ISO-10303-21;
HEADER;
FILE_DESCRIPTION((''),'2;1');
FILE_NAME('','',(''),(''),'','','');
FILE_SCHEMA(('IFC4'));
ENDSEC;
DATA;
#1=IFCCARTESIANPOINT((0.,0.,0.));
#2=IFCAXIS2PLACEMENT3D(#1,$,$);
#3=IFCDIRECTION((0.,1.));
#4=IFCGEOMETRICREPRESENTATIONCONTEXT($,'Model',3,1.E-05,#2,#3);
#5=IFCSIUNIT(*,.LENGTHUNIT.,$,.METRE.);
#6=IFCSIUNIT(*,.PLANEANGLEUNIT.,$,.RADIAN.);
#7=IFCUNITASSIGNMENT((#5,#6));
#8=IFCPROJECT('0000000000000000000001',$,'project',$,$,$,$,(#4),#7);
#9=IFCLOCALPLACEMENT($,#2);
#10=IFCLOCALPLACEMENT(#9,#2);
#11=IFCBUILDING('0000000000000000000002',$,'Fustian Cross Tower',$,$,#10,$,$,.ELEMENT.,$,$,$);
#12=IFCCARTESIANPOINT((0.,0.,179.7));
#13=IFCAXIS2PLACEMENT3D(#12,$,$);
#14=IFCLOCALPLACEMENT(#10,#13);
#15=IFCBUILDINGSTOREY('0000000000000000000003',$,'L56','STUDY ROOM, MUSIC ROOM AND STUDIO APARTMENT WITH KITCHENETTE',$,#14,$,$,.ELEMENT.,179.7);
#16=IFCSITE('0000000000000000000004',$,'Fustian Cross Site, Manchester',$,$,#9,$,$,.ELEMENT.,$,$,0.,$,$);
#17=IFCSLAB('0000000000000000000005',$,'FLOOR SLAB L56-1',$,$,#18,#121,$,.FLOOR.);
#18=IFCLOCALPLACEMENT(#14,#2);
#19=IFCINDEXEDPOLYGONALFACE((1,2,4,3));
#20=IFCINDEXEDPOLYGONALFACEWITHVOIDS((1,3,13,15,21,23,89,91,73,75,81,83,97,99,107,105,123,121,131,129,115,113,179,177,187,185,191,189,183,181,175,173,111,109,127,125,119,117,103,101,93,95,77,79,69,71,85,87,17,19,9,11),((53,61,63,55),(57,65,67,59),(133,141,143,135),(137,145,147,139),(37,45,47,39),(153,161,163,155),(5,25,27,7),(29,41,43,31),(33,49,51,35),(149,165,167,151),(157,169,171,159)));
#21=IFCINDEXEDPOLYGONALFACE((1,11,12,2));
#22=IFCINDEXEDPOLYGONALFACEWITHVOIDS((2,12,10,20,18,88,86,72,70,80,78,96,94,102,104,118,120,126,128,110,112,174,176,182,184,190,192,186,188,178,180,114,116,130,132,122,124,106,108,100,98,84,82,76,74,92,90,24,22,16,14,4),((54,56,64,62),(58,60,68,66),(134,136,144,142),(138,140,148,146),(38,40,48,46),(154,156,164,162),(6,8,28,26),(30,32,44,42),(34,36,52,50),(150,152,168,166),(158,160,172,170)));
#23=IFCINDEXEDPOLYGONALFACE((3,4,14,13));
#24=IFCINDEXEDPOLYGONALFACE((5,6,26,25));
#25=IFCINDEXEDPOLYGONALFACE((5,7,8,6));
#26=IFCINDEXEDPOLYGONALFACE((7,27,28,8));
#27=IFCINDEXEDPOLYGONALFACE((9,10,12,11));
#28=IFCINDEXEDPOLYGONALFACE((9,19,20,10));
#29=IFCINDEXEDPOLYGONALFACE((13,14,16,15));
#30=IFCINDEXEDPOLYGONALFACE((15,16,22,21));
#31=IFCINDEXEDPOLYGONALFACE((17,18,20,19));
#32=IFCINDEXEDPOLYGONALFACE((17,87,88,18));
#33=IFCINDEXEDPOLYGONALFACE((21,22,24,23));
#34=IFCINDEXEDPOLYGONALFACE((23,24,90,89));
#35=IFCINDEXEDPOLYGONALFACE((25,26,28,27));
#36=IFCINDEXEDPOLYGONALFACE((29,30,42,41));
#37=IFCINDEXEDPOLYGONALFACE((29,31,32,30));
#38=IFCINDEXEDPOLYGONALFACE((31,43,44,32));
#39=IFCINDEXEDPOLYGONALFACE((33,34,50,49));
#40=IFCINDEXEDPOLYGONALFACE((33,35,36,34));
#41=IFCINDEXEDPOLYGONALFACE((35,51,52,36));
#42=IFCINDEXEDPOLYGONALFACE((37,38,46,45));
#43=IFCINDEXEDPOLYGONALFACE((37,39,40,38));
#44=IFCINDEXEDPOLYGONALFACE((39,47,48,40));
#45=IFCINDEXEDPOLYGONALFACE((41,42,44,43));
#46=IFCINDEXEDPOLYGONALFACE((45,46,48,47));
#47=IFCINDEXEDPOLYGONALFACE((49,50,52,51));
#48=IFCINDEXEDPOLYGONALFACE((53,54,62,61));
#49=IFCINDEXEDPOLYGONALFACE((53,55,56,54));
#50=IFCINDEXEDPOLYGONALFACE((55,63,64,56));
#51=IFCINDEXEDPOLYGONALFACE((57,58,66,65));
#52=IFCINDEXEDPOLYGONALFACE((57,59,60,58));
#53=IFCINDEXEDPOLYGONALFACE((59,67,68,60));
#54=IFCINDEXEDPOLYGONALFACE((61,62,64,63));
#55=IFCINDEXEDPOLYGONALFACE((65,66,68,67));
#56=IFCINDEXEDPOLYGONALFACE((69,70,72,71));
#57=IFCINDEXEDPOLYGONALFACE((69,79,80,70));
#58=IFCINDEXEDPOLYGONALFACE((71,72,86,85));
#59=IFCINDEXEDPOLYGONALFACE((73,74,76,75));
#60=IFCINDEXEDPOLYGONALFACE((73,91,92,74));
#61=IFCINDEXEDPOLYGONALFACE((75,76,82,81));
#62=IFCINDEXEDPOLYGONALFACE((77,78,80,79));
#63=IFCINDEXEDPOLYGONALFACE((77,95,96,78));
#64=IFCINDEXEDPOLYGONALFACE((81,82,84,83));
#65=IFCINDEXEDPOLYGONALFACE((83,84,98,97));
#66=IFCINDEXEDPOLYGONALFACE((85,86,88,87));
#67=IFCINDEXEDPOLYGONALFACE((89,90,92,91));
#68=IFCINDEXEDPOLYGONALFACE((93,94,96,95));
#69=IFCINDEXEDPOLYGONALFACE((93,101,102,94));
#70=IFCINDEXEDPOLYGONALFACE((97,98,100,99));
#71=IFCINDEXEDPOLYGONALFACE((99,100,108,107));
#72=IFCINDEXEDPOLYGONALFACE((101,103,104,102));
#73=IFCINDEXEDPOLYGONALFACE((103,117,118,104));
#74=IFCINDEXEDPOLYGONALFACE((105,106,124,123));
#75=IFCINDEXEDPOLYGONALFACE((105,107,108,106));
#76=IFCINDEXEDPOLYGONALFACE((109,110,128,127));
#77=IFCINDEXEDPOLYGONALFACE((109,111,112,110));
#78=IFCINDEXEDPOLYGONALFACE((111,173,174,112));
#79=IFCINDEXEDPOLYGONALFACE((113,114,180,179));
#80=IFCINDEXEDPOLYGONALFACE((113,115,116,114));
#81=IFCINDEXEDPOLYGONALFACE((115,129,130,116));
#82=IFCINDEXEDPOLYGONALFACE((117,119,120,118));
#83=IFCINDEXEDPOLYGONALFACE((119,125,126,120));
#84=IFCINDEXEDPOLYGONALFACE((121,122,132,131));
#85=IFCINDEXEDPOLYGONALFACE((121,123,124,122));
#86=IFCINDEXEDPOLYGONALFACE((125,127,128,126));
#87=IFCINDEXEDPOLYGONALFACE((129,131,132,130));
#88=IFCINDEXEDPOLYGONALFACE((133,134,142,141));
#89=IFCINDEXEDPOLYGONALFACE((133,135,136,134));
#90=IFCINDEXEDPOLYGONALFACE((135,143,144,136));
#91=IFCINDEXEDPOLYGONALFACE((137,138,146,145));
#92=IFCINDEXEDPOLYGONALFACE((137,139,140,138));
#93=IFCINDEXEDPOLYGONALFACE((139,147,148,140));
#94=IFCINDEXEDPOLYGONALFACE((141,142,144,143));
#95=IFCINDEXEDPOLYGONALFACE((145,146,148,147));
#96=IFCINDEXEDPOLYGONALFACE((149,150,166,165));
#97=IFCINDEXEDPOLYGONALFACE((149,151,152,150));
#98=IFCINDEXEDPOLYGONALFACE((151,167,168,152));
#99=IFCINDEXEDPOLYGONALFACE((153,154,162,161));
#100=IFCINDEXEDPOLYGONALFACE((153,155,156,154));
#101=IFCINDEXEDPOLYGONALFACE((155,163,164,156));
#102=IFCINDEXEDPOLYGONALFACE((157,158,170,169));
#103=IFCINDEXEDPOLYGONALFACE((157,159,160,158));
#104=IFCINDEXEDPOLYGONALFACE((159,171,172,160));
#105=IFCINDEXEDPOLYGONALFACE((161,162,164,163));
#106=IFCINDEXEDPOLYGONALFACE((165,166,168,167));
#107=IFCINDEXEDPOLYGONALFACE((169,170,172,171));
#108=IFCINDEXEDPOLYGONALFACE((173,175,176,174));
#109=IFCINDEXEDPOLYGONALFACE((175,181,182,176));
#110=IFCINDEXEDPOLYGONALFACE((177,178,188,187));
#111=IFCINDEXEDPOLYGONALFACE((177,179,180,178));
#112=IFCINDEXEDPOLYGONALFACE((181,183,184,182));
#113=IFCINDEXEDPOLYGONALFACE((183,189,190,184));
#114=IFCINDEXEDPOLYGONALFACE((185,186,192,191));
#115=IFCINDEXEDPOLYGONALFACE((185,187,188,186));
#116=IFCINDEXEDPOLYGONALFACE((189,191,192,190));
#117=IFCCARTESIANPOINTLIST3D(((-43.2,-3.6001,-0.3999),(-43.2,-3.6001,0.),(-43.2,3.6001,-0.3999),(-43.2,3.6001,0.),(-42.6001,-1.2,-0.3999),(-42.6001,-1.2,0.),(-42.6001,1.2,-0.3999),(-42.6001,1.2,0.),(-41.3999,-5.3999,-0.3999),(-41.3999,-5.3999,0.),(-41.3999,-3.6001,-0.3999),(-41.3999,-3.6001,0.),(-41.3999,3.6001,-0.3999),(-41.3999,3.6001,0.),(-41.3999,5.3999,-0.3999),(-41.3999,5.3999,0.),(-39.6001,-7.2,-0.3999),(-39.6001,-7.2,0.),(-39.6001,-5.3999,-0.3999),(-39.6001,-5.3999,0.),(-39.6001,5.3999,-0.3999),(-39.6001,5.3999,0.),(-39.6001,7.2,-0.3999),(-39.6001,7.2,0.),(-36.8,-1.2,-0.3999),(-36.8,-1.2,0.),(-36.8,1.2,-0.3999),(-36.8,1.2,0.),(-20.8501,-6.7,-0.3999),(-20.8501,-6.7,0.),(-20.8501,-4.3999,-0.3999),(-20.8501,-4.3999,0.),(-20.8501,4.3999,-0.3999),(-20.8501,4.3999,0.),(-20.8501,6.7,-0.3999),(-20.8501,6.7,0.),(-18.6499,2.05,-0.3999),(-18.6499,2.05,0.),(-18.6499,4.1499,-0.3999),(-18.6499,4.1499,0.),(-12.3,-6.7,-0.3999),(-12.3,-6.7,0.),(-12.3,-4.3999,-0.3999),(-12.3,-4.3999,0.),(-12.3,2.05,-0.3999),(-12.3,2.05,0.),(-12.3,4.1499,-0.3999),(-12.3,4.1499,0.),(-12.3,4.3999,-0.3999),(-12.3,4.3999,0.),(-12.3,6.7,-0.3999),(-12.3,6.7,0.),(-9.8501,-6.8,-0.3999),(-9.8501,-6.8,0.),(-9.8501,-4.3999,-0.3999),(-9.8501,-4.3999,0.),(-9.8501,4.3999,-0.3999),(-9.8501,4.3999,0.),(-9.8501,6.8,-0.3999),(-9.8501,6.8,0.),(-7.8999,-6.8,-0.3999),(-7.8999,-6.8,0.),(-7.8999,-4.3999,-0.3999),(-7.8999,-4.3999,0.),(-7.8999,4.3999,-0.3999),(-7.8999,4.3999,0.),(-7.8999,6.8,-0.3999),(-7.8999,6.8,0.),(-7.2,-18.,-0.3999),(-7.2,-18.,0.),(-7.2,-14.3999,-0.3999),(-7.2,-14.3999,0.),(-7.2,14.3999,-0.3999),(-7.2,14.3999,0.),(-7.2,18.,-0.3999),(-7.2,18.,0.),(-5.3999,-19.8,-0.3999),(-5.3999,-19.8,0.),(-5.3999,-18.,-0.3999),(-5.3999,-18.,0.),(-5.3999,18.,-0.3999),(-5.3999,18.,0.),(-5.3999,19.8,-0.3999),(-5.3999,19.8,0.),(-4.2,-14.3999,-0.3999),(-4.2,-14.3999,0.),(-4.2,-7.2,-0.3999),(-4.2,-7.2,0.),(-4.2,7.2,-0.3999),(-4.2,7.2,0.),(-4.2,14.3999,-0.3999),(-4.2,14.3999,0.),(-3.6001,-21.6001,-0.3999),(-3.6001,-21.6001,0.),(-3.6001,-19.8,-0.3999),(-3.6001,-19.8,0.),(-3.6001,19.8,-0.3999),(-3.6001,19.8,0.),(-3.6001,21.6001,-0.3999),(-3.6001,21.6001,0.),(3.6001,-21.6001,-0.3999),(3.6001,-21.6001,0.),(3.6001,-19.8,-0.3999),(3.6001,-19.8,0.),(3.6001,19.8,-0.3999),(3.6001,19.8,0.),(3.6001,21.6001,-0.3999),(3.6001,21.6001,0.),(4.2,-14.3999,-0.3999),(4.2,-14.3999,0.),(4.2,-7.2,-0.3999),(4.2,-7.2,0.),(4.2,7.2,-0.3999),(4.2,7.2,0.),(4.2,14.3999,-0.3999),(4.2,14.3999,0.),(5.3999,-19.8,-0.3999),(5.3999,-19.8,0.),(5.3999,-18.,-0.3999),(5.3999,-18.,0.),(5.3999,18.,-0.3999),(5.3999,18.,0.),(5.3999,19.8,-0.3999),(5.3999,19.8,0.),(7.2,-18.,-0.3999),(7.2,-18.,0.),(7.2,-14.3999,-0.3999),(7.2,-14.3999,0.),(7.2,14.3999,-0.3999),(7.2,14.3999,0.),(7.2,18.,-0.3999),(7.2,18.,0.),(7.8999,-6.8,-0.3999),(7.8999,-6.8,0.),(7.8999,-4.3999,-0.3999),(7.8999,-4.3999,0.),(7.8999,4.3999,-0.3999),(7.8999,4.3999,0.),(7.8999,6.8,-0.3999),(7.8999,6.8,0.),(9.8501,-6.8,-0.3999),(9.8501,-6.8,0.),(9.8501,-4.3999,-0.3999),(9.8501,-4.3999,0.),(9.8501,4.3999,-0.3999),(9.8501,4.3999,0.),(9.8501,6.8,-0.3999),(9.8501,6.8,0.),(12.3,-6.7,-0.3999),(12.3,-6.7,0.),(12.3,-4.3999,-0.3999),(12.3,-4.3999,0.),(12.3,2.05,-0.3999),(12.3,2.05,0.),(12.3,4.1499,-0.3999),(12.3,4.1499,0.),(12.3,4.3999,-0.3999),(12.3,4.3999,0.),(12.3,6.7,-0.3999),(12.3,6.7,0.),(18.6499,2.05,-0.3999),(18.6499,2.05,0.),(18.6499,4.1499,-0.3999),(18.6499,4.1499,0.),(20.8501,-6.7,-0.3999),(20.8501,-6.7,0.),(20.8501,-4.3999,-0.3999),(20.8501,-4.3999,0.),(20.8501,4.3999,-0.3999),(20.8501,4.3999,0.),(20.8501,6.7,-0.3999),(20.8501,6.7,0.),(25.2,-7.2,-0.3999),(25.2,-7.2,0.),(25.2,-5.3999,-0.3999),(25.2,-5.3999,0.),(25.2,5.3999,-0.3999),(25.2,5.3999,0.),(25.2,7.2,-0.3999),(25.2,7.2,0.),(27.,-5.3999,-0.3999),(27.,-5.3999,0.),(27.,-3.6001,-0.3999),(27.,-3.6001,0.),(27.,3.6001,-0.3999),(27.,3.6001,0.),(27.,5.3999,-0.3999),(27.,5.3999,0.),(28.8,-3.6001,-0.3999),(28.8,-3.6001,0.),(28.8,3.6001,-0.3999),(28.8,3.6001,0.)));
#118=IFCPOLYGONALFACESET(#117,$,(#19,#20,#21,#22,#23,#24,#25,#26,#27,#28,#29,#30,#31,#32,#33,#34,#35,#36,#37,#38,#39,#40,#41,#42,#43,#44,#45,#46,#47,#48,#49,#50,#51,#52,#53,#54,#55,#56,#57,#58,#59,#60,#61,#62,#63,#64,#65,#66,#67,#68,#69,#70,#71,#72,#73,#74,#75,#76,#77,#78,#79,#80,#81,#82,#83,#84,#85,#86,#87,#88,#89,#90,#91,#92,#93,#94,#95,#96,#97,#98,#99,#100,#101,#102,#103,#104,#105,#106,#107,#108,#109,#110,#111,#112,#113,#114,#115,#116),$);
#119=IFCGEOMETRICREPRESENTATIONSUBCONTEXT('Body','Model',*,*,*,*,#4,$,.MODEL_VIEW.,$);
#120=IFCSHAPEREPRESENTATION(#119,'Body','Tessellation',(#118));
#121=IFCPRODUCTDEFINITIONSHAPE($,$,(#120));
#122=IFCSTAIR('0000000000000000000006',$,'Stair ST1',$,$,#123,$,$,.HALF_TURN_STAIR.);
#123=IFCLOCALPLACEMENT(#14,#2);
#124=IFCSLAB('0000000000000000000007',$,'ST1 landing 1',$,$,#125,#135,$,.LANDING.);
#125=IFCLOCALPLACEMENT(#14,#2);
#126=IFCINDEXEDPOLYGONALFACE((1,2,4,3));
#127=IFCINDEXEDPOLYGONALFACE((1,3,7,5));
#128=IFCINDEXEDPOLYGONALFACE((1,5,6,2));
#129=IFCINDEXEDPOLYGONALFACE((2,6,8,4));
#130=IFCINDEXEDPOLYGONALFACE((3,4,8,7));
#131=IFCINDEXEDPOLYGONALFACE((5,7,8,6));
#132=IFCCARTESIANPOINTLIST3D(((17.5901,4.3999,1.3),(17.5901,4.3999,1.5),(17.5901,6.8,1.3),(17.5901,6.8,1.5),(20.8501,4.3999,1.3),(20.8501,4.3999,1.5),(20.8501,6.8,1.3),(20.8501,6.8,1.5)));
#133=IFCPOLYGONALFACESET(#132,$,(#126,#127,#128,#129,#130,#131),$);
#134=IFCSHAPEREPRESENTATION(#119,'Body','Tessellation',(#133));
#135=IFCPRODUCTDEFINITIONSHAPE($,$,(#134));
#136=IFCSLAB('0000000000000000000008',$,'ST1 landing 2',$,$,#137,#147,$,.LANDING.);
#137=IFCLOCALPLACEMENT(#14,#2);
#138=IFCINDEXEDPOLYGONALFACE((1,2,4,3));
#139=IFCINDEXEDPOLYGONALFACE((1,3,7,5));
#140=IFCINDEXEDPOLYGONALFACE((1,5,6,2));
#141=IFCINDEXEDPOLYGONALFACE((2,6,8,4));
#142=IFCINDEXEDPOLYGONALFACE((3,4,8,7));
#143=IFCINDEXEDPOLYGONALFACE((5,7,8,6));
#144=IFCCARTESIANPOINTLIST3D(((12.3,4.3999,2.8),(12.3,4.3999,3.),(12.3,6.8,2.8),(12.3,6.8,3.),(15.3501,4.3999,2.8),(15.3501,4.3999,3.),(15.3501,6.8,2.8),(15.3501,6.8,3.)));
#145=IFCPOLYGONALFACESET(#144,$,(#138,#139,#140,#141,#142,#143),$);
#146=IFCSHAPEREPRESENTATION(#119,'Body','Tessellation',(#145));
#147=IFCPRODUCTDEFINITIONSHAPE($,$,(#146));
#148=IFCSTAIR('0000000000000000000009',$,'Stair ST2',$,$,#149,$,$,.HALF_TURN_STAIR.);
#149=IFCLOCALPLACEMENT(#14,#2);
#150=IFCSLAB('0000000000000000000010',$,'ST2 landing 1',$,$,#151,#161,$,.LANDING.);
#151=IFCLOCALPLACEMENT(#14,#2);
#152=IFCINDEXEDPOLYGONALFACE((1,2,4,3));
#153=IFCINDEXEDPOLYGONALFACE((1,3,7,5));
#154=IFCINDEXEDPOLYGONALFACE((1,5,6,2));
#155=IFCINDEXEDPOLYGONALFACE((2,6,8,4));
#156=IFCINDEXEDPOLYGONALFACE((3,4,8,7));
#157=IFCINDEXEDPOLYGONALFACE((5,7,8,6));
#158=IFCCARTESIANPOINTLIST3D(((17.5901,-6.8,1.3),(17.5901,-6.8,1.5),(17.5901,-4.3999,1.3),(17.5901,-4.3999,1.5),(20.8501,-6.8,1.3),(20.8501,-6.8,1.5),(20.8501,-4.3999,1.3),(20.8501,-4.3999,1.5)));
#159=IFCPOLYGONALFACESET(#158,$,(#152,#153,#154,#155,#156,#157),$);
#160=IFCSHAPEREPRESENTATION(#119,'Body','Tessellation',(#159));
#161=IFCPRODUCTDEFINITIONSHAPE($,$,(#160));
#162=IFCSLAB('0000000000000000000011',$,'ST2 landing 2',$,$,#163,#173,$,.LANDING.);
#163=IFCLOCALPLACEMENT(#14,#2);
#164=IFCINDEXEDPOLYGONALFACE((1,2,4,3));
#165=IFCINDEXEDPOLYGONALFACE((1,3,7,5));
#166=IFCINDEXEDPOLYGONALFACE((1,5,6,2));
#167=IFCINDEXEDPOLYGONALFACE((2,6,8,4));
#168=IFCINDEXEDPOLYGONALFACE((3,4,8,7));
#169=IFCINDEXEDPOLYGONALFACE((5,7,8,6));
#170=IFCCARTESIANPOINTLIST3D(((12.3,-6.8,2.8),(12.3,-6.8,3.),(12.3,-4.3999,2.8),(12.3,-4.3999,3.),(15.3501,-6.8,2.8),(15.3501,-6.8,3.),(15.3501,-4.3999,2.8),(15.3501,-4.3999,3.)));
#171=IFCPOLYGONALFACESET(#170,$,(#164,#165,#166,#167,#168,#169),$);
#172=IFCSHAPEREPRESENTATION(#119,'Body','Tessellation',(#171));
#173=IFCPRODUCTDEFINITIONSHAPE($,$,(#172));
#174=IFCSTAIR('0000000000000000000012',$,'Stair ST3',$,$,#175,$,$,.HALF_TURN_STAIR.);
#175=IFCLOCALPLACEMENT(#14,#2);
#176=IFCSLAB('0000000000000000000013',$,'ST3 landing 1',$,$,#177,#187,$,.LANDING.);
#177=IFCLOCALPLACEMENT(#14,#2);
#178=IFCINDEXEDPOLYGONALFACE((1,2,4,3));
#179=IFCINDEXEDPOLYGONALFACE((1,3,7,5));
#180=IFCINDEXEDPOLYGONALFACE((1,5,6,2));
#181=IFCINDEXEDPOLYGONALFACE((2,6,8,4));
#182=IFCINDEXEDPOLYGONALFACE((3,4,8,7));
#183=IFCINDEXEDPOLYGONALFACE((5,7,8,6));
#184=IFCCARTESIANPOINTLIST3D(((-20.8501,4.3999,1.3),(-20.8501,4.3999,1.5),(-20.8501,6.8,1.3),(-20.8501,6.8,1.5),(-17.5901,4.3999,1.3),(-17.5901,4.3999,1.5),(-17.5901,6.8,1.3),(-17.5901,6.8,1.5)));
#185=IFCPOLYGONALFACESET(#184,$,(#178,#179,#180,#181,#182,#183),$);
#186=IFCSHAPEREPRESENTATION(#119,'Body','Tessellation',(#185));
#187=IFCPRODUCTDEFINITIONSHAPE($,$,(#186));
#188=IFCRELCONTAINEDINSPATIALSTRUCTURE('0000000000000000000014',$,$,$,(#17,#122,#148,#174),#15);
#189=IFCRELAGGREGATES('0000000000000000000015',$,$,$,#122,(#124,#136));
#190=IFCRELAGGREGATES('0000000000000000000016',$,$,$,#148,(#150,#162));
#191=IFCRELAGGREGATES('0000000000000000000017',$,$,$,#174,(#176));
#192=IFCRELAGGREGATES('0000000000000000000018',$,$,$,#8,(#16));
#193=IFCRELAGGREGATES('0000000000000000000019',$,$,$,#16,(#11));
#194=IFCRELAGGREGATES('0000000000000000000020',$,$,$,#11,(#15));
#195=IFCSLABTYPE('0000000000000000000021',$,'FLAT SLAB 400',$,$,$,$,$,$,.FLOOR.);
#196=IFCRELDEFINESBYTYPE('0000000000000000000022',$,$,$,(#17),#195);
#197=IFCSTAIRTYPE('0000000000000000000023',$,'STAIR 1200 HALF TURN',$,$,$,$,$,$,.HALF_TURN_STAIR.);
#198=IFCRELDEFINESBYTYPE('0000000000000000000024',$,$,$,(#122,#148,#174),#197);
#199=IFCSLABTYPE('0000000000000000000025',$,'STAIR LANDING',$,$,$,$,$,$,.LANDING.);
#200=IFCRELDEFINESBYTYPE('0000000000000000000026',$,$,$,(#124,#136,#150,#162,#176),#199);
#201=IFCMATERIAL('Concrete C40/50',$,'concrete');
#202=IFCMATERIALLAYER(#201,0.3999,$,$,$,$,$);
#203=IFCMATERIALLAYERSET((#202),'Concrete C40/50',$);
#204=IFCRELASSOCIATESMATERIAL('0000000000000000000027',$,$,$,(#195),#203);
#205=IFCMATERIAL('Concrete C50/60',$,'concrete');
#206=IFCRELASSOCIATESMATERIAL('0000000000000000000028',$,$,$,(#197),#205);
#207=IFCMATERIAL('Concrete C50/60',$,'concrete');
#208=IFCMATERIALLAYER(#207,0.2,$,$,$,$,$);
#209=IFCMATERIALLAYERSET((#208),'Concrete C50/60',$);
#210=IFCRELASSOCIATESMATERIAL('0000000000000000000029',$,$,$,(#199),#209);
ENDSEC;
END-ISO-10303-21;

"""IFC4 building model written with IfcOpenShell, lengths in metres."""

from ifc_helpers import new_model, si_unit, direction, frame, origin, place, context, subcontext, project, spatial, polyline, outline, extrude, material, layer, layer_set, type_object, element, aggregate, save


model = new_model("IFC4")

# Units and contexts
model_context = context("Model", 3, precision=1e-05, world=origin(), true_north=direction((0.0, 1.0)))
body_context = subcontext(model_context, "Body", "Model", "MODEL_VIEW")
ifc_project = project(units=[si_unit("LENGTHUNIT", "METRE"), si_unit("PLANEANGLEUNIT", "RADIAN")], contexts=[model_context])

# Site, building, storey
site_placement = place(None, origin())
site = spatial("IfcSite", under=ifc_project, at=site_placement, Name="Fustian Cross Site, Manchester", CompositionType="ELEMENT", RefElevation=0.0)
building_placement = place(site_placement, origin())
building = spatial("IfcBuilding", under=site, at=building_placement, Name="Fustian Cross Tower", CompositionType="ELEMENT")
storey_placement = place(building_placement, frame((0.0, 0.0, 179.7)))
storey = spatial("IfcBuildingStorey", under=building, at=storey_placement, Name="L56", Description="STUDY ROOM, MUSIC ROOM AND STUDIO APARTMENT WITH KITCHENETTE", CompositionType="ELEMENT", Elevation=179.7)

# Slab
ifc_material_1 = material(Name="Concrete C40/50", Category="concrete")
ifc_layer_1 = layer(ifc_material_1, 0.3999)
ifc_layer_set_1 = layer_set([ifc_layer_1], Name="Concrete C40/50")
slab_type_1 = type_object("IfcSlabType", Name="FLAT SLAB 400", PredefinedType="FLOOR", material=ifc_layer_set_1)
slab_1_placement = place(storey_placement, frame((0.0, 0.0, -0.3999)))
element("IfcSlab", 1, at=slab_1_placement, inside=storey, type_object=slab_type_1, Name="FLOOR SLAB L56-1", PredefinedType="FLOOR", context=body_context, shape_type="SweptSolid", body=[
    extrude(outline(polyline([(-5.3999, -19.8), (-5.3999, -18.0), (-7.2, -18.0), (-7.2, -14.3999), (-4.2, -14.3999), (-4.2, -7.2), (-39.6001, -7.2), (-39.6001, -5.3999), (-41.3999, -5.3999), (-41.3999, -3.6001), (-43.2, -3.6001), (-43.2, 3.6001), (-41.3999, 3.6001), (-41.3999, 5.3999), (-39.6001, 5.3999), (-39.6001, 7.2), (-4.2, 7.2), (-4.2, 14.3999), (-7.2, 14.3999), (-7.2, 18.0), (-5.3999, 18.0), (-5.3999, 19.8), (-3.6001, 19.8), (-3.6001, 21.6001), (3.6001, 21.6001), (3.6001, 19.8), (5.3999, 19.8), (5.3999, 18.0), (7.2, 18.0), (7.2, 14.3999), (4.2, 14.3999), (4.2, 7.2), (25.2, 7.2), (25.2, 5.3999), (27.0, 5.3999), (27.0, 3.6001), (28.8, 3.6001), (28.8, -3.6001), (27.0, -3.6001), (27.0, -5.3999), (25.2, -5.3999), (25.2, -7.2), (4.2, -7.2), (4.2, -14.3999), (7.2, -14.3999), (7.2, -18.0), (5.3999, -18.0), (5.3999, -19.8), (3.6001, -19.8), (3.6001, -21.6001), (-3.6001, -21.6001), (-3.6001, -19.8), (-5.3999, -19.8)]), holes=[polyline([(7.8999, 4.3999), (9.8501, 4.3999), (9.8501, 6.8), (7.8999, 6.8), (7.8999, 4.3999)]), polyline([(7.8999, -4.3999), (7.8999, -6.8), (9.8501, -6.8), (9.8501, -4.3999), (7.8999, -4.3999)]), polyline([(-7.8999, 6.8), (-9.8501, 6.8), (-9.8501, 4.3999), (-7.8999, 4.3999), (-7.8999, 6.8)]), polyline([(-7.8999, -6.8), (-7.8999, -4.3999), (-9.8501, -4.3999), (-9.8501, -6.8), (-7.8999, -6.8)]), polyline([(12.3, 2.05), (18.6499, 2.05), (18.6499, 4.1499), (12.3, 4.1499), (12.3, 2.05)]), polyline([(-18.6499, 4.1499), (-18.6499, 2.05), (-12.3, 2.05), (-12.3, 4.1499), (-18.6499, 4.1499)]), polyline([(20.8501, 6.7), (12.3, 6.7), (12.3, 4.3999), (20.8501, 4.3999), (20.8501, 6.7)]), polyline([(20.8501, -6.7), (20.8501, -4.3999), (12.3, -4.3999), (12.3, -6.7), (20.8501, -6.7)]), polyline([(-20.8501, 4.3999), (-12.3, 4.3999), (-12.3, 6.7), (-20.8501, 6.7), (-20.8501, 4.3999)]), polyline([(-20.8501, -4.3999), (-20.8501, -6.7), (-12.3, -6.7), (-12.3, -4.3999), (-20.8501, -4.3999)]), polyline([(-36.8, 1.2), (-42.6001, 1.2), (-42.6001, -1.2), (-36.8, -1.2), (-36.8, 1.2)])]), origin(), (0.0, 0.0, 1.0), 0.3999),
])

# Stairs, slabs
ifc_material_2 = material(Name="Concrete C50/60", Category="concrete")
stair_type = type_object("IfcStairType", Name="STAIR 1200 HALF TURN", PredefinedType="HALF_TURN_STAIR", material=ifc_material_2)
stair_1_placement = place(storey_placement, origin())
stair_1 = element("IfcStair", 2, at=stair_1_placement, inside=storey, type_object=stair_type, Name="Stair ST1", PredefinedType="HALF_TURN_STAIR")
ifc_material_3 = material(Name="Concrete C50/60", Category="concrete")
ifc_layer_2 = layer(ifc_material_3, 0.2)
ifc_layer_set_2 = layer_set([ifc_layer_2], Name="Concrete C50/60")
slab_type_2 = type_object("IfcSlabType", Name="STAIR LANDING", PredefinedType="LANDING", material=ifc_layer_set_2)
slab_2_placement = place(storey_placement, frame((0.0, 0.0, 1.3)))
slab_2 = element("IfcSlab", 3, at=slab_2_placement, type_object=slab_type_2, Name="ST1 landing 1", PredefinedType="LANDING", context=body_context, shape_type="SweptSolid", body=[
    extrude(outline(polyline([(17.5901, 4.3999), (20.8501, 4.3999), (20.8501, 6.8), (17.5901, 6.8), (17.5901, 4.3999)])), origin(), (0.0, 0.0, 1.0), 0.2),
])
slab_3_placement = place(storey_placement, frame((0.0, 0.0, 2.8)))
slab_3 = element("IfcSlab", 4, at=slab_3_placement, type_object=slab_type_2, Name="ST1 landing 2", PredefinedType="LANDING", context=body_context, shape_type="SweptSolid", body=[
    extrude(outline(polyline([(12.3, 4.3999), (15.3501, 4.3999), (15.3501, 6.8), (12.3, 6.8), (12.3, 4.3999)])), origin(), (0.0, 0.0, 1.0), 0.2),
])
aggregate(stair_1, [slab_2, slab_3])
stair_2_placement = place(storey_placement, origin())
stair_2 = element("IfcStair", 5, at=stair_2_placement, inside=storey, type_object=stair_type, Name="Stair ST2", PredefinedType="HALF_TURN_STAIR")
slab_4_placement = place(storey_placement, frame((0.0, 0.0, 1.3)))
slab_4 = element("IfcSlab", 6, at=slab_4_placement, type_object=slab_type_2, Name="ST2 landing 1", PredefinedType="LANDING", context=body_context, shape_type="SweptSolid", body=[
    extrude(outline(polyline([(17.5901, -4.3999), (20.8501, -4.3999), (20.8501, -6.8), (17.5901, -6.8), (17.5901, -4.3999)])), origin(), (0.0, 0.0, 1.0), 0.2),
])
slab_5_placement = place(storey_placement, frame((0.0, 0.0, 2.8)))
slab_5 = element("IfcSlab", 7, at=slab_5_placement, type_object=slab_type_2, Name="ST2 landing 2", PredefinedType="LANDING", context=body_context, shape_type="SweptSolid", body=[
    extrude(outline(polyline([(12.3, -4.3999), (15.3501, -4.3999), (15.3501, -6.8), (12.3, -6.8), (12.3, -4.3999)])), origin(), (0.0, 0.0, 1.0), 0.2),
])
aggregate(stair_2, [slab_4, slab_5])

# Stair, slab
stair_3_placement = place(storey_placement, origin())
stair_3 = element("IfcStair", 8, at=stair_3_placement, inside=storey, type_object=stair_type, Name="Stair ST3", PredefinedType="HALF_TURN_STAIR")
slab_6_placement = place(storey_placement, frame((0.0, 0.0, 1.3)))
slab_6 = element("IfcSlab", 9, at=slab_6_placement, type_object=slab_type_2, Name="ST3 landing 1", PredefinedType="LANDING", context=body_context, shape_type="SweptSolid", body=[
    extrude(outline(polyline([(-17.5901, 4.3999), (-20.8501, 4.3999), (-20.8501, 6.8), (-17.5901, 6.8), (-17.5901, 4.3999)])), origin(), (0.0, 0.0, 1.0), 0.2),
])
aggregate(stair_3, [slab_6])

save(model, "model.ifc")
